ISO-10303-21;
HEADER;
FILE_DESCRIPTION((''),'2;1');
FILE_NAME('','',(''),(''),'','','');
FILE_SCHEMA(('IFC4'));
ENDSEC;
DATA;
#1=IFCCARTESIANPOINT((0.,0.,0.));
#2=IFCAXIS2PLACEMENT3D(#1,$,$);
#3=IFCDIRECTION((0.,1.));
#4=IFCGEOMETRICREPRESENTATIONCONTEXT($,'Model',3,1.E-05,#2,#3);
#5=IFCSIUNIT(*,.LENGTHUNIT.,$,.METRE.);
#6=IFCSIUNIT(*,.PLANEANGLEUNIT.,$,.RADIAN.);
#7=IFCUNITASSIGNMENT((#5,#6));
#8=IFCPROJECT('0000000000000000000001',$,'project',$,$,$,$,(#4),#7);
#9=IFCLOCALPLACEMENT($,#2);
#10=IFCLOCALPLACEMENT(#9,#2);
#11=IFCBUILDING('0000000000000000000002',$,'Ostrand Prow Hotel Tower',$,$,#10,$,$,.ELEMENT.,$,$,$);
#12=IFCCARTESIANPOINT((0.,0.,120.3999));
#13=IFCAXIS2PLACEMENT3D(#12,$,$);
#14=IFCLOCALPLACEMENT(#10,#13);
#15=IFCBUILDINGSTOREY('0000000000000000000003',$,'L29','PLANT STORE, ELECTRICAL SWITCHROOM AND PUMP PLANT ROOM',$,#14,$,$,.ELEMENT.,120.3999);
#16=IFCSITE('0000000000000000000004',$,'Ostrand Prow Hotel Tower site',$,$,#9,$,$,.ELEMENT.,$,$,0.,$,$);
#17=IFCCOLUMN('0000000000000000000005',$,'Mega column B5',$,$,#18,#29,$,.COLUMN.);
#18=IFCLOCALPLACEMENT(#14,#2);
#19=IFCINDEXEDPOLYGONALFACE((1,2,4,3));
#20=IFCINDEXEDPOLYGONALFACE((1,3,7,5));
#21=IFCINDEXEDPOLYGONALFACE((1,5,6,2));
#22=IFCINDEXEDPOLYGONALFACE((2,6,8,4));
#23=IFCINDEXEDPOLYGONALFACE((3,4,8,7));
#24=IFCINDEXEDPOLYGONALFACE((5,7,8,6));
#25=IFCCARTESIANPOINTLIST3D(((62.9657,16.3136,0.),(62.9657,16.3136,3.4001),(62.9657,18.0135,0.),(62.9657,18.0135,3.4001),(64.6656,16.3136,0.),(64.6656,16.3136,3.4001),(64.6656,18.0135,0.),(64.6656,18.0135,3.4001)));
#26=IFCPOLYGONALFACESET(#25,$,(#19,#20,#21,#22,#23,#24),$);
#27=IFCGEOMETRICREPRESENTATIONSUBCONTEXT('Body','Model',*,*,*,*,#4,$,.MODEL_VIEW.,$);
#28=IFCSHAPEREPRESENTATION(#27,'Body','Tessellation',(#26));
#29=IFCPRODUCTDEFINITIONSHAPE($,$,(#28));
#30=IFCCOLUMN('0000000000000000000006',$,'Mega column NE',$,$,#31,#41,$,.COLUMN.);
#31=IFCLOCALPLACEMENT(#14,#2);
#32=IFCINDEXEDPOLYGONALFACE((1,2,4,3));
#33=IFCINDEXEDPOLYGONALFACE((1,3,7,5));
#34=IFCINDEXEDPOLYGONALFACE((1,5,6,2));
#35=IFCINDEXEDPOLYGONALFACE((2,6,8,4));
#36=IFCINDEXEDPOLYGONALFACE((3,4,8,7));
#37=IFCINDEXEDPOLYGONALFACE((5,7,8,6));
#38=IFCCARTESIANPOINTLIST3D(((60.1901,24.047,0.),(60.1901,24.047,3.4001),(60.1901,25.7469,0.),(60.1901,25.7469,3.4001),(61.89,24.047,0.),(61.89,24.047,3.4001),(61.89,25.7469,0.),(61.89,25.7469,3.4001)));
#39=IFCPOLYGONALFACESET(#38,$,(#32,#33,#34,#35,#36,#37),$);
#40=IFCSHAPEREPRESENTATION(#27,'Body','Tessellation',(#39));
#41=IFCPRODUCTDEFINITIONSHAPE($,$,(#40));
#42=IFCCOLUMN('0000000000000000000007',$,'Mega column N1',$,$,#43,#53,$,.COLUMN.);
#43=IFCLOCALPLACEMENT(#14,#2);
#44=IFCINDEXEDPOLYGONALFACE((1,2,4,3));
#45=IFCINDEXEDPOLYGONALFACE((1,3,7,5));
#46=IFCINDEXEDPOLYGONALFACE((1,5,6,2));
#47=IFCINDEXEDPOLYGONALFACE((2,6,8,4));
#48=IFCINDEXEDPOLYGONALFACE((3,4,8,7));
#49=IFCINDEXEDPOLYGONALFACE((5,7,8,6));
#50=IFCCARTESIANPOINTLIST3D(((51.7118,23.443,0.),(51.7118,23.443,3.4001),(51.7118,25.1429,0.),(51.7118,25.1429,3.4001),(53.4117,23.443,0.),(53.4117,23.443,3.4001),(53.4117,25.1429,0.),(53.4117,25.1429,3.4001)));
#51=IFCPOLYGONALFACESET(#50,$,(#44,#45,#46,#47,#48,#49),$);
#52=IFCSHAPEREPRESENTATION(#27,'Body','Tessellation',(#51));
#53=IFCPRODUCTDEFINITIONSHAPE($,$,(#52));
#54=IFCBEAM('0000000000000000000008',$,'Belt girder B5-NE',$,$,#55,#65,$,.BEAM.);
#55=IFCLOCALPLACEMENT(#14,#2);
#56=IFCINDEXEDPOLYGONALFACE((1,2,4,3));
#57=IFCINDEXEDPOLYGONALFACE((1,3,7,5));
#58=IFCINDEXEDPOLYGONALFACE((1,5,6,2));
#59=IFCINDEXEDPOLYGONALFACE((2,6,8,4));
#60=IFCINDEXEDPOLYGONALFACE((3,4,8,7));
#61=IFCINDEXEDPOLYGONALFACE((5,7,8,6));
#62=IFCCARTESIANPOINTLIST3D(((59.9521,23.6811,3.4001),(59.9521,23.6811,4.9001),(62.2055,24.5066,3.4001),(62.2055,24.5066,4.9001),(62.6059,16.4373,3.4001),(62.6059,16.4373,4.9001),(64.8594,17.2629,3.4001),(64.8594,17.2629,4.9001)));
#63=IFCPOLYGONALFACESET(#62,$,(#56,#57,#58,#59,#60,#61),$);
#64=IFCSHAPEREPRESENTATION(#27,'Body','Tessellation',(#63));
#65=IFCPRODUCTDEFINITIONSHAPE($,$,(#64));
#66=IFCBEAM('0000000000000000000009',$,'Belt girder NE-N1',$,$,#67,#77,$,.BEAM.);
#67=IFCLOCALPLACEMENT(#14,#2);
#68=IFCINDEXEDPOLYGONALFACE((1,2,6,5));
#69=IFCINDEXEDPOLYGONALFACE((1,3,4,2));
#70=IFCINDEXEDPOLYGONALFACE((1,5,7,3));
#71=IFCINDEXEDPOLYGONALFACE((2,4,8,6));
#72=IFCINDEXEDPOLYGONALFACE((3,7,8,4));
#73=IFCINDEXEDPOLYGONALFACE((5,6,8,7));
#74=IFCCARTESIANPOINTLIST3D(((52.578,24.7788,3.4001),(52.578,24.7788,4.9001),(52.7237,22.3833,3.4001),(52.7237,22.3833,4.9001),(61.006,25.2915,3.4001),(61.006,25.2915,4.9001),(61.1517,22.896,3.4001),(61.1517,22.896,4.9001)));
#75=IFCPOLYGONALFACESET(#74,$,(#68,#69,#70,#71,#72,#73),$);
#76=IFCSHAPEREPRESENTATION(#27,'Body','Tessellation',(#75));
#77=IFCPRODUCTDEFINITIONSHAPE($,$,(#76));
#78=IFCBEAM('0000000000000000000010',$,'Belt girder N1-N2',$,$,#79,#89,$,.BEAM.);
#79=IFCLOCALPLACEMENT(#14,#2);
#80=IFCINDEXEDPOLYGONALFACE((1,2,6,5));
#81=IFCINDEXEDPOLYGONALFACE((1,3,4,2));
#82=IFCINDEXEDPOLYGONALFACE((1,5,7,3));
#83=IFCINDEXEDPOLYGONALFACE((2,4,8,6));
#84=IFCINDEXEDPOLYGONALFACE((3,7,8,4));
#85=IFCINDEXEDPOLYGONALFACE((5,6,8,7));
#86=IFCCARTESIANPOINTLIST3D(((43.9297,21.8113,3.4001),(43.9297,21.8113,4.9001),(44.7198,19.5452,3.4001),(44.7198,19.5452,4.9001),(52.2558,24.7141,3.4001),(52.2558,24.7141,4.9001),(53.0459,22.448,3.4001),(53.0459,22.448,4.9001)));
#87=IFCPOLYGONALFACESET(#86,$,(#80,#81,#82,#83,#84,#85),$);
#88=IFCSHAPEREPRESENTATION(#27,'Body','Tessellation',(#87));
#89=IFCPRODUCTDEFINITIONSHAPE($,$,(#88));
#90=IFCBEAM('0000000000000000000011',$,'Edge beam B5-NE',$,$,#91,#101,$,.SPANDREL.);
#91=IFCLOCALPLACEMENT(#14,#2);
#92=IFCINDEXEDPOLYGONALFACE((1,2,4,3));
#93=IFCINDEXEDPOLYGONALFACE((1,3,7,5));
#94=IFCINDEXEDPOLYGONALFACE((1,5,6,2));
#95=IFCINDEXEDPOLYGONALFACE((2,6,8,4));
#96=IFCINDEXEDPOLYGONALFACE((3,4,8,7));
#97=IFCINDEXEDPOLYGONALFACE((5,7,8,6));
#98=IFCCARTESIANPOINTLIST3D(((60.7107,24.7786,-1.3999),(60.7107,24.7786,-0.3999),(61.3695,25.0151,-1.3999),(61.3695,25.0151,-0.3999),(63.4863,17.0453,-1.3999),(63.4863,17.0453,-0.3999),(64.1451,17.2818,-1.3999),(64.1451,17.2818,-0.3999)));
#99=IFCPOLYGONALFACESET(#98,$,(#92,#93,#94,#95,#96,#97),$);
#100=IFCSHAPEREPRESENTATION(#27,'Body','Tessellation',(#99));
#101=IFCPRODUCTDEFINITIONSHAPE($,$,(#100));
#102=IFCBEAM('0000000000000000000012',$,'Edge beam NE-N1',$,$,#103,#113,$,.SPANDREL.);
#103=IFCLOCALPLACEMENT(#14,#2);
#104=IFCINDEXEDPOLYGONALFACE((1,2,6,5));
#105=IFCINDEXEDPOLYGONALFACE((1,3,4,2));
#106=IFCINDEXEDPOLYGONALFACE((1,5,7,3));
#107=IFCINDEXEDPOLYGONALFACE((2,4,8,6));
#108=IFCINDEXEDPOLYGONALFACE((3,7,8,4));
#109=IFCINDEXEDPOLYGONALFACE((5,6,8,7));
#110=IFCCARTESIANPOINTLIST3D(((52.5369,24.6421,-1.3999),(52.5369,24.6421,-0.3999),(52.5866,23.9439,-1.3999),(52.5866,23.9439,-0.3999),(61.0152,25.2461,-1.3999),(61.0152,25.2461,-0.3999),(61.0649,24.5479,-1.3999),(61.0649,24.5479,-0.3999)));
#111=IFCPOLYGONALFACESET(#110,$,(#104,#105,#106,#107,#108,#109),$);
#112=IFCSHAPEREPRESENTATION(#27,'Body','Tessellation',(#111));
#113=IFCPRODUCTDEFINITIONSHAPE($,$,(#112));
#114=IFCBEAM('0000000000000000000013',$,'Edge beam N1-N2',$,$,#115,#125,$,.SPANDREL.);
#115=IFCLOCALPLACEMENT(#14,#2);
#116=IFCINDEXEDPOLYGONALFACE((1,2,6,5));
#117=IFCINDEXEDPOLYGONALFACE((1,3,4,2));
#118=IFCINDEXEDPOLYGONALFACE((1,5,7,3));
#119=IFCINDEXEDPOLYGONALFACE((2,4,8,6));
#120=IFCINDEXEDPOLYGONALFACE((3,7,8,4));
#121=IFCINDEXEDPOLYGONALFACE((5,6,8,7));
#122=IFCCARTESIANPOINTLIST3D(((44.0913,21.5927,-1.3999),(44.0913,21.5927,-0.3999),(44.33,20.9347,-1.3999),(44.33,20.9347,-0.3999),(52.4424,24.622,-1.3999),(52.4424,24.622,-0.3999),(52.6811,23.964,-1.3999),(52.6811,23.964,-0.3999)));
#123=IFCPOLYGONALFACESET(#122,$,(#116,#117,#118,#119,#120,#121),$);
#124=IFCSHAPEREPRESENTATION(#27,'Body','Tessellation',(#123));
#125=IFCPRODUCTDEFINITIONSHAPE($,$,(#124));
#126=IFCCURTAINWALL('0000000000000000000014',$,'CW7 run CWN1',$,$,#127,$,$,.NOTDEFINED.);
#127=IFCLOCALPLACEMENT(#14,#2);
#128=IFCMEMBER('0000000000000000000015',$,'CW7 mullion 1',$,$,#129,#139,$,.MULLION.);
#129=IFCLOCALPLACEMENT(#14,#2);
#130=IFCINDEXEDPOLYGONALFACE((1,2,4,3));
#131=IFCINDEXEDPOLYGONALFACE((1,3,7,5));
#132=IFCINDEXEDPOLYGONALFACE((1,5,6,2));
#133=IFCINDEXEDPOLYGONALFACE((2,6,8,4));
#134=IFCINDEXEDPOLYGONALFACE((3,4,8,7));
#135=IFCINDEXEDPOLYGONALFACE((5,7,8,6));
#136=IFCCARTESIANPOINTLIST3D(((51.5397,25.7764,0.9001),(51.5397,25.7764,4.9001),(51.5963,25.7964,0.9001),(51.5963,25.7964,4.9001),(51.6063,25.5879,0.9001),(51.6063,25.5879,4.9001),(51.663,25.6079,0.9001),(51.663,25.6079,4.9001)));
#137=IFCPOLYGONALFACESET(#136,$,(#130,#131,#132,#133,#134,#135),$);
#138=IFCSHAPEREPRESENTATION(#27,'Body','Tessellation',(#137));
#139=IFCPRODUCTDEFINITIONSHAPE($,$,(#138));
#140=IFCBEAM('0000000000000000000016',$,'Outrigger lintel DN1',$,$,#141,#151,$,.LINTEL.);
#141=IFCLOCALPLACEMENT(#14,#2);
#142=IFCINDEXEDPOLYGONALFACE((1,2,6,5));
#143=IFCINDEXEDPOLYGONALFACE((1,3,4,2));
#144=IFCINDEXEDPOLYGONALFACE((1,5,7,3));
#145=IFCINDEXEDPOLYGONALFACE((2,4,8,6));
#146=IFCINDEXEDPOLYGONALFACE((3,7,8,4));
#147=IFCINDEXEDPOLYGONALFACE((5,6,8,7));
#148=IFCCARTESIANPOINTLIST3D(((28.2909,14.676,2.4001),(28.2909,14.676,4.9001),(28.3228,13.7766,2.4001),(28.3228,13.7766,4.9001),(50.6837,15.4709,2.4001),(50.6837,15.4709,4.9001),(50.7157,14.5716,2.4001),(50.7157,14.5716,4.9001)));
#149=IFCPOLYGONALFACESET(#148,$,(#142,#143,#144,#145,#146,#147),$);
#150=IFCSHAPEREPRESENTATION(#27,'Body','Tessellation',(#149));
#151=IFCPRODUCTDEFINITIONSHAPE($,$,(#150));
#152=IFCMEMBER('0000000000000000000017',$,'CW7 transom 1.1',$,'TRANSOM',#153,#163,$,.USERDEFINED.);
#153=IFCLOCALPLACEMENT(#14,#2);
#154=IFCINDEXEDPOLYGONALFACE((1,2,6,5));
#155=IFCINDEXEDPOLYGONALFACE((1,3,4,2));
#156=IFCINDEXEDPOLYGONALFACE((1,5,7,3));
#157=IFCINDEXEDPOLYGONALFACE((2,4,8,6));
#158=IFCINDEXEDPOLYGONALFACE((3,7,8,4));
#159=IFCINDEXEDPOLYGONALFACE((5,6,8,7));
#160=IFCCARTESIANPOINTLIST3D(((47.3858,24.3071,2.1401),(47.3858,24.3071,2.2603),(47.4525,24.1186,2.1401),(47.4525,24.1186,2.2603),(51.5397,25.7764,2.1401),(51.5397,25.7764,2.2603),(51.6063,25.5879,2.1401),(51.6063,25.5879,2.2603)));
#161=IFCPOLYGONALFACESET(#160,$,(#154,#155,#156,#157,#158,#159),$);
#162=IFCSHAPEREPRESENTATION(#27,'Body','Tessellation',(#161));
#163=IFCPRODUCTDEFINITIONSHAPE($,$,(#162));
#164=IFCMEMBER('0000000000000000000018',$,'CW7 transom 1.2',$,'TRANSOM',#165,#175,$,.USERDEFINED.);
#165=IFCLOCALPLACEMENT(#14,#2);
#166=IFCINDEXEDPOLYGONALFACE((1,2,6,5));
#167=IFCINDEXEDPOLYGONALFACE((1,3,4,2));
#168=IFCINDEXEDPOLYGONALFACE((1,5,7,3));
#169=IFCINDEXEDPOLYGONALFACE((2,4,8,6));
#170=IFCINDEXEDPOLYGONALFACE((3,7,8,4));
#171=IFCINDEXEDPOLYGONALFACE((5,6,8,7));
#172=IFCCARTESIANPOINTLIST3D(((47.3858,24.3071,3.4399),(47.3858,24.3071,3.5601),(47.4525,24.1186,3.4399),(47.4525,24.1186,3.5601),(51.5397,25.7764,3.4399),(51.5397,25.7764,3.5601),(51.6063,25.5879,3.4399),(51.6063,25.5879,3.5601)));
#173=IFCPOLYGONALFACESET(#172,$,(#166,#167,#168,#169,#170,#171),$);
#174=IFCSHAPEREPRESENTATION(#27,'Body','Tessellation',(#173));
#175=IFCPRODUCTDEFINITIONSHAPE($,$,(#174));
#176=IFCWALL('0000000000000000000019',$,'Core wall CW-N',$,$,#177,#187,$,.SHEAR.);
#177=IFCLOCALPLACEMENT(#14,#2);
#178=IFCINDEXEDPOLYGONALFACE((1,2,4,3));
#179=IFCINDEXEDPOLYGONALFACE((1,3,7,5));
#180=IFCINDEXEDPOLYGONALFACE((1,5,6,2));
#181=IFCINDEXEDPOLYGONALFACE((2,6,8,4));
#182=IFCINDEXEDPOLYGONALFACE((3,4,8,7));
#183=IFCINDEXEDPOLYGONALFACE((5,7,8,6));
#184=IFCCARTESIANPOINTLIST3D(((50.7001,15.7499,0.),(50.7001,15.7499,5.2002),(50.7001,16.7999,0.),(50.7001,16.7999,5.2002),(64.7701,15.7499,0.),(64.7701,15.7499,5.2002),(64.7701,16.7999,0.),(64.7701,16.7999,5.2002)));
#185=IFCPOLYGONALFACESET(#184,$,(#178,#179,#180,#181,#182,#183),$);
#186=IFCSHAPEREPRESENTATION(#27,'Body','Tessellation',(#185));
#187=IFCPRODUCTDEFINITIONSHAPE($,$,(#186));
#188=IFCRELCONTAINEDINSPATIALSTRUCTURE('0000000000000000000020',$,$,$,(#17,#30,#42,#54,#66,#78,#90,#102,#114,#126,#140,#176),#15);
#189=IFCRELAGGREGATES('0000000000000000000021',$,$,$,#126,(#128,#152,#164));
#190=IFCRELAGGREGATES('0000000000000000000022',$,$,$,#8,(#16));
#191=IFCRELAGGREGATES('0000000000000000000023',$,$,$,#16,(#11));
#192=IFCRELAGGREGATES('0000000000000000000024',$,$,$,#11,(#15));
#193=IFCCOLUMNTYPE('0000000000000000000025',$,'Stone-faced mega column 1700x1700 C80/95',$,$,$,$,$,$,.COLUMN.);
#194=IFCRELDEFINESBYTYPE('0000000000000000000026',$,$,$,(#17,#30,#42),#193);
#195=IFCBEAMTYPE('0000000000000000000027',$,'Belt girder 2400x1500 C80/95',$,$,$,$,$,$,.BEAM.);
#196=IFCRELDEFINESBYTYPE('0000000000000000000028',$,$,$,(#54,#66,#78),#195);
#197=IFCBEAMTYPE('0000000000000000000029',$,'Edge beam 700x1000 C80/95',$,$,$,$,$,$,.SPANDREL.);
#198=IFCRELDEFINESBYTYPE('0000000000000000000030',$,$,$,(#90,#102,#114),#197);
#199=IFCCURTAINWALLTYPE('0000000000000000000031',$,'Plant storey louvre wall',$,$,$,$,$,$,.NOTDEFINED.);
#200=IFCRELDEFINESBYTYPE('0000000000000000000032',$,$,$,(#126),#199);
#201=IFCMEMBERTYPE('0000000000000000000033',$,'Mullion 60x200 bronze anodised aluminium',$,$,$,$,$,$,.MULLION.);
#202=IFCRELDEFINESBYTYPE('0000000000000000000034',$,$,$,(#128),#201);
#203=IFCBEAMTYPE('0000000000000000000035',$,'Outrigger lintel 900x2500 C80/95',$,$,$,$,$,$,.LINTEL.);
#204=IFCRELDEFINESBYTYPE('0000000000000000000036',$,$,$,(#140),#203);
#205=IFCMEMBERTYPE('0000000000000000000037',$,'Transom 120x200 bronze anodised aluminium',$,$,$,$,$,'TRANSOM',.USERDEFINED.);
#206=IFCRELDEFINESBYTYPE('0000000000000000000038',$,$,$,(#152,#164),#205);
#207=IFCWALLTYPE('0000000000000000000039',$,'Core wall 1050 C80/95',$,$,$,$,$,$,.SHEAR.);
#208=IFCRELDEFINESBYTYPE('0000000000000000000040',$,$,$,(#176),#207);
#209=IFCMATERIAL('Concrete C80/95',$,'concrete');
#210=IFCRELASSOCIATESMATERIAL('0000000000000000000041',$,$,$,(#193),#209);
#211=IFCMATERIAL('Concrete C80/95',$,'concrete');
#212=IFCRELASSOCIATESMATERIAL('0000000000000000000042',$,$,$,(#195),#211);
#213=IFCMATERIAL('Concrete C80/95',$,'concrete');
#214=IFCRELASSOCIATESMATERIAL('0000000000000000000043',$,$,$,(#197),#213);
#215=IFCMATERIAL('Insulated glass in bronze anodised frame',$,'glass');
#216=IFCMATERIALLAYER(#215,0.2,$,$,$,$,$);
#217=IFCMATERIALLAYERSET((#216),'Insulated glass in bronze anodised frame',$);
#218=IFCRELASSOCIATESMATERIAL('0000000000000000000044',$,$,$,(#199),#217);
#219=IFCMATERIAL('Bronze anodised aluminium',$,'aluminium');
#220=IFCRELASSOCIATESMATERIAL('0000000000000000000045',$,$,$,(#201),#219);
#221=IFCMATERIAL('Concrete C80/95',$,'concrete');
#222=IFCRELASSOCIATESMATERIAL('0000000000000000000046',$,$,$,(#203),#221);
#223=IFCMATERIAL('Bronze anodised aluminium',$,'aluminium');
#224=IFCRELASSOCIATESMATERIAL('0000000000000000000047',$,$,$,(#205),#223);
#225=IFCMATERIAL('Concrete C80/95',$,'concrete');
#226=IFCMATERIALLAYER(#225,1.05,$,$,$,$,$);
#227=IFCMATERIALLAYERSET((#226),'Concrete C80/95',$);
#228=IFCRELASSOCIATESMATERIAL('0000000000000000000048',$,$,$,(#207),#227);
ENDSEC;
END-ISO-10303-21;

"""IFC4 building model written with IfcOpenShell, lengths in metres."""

from ifc_helpers import new_model, si_unit, direction, frame, frame_2d, origin, origin_2d, place, context, subcontext, project, spatial, rectangle, extrude, material, layer, layer_set, material_profile, profile_set, type_object, element, aggregate, save


model = new_model("IFC4")

# Units and contexts
model_context = context("Model", 3, precision=1e-05, world=origin(), true_north=direction((0.0, 1.0)))
body_context = subcontext(model_context, "Body", "Model", "MODEL_VIEW")
ifc_project = project(units=[si_unit("LENGTHUNIT", "METRE"), si_unit("PLANEANGLEUNIT", "RADIAN")], contexts=[model_context])

# Site, building, storey
site_placement = place(None, origin())
site = spatial("IfcSite", under=ifc_project, at=site_placement, Name="Ostrand Prow Hotel Tower site", CompositionType="ELEMENT", RefElevation=0.0)
building_placement = place(site_placement, origin())
building = spatial("IfcBuilding", under=site, at=building_placement, Name="Ostrand Prow Hotel Tower", CompositionType="ELEMENT")
storey_placement = place(building_placement, frame((0.0, 0.0, 120.3999)))
storey = spatial("IfcBuildingStorey", under=building, at=storey_placement, Name="L29", Description="PLANT STORE, ELECTRICAL SWITCHROOM AND PUMP PLANT ROOM", CompositionType="ELEMENT", Elevation=120.3999)

# Columns
ifc_material_1 = material(Name="Concrete C80/95", Category="concrete")
ifc_material_profile_1 = material_profile(ifc_material_1, rectangle(XDim=1.7, YDim=1.7, at=origin_2d()), Name="RC 1700x1700")
ifc_profile_set_1 = profile_set([ifc_material_profile_1], Name="Concrete C80/95")
column_type = type_object("IfcColumnType", Name="Stone-faced mega column 1700x1700 C80/95", PredefinedType="COLUMN", material=ifc_profile_set_1)
for number, where, z_axis, x_axis, name in (
    (1, (63.8157, 17.1636, 0.0), (0.0, 0.0, 1.0), (1.0, 0.0, 0.0), "Mega column B5"),
    (2, (61.04, 24.897, 0.0), (0.0, 0.0, 1.0), (1.0, 0.0, 0.0), "Mega column NE"),
    (3, (52.5618, 24.293, 0.0), (0.0, 0.0, 1.0), (1.0, 0.0, 0.0), "Mega column N1"),
):
    element("IfcColumn", number, at=place(storey_placement, frame(where, z_axis=z_axis, x_axis=x_axis)), inside=storey, type_object=column_type, Name=name, PredefinedType="COLUMN", context=body_context, shape_type="SweptSolid", body=[
        extrude(rectangle(XDim=1.7, YDim=1.7, at=origin_2d()), origin(), (0.0, 0.0, 1.0), 3.4001),
    ])

# Beams
ifc_material_2 = material(Name="Concrete C80/95", Category="concrete")
ifc_material_profile_2 = material_profile(ifc_material_2, rectangle(XDim=2.3999, YDim=1.5, at=origin_2d()), Name="RC 2400x1500")
ifc_profile_set_2 = profile_set([ifc_material_profile_2], Name="Concrete C80/95")
beam_type_1 = type_object("IfcBeamType", Name="Belt girder 2400x1500 C80/95", PredefinedType="BEAM", material=ifc_profile_set_2)
beam_1_placement = place(storey_placement, frame((63.7327, 16.8501, 4.1501), z_axis=(-0.344004, 0.938968, 0.0), x_axis=(-0.938968, -0.344004, 0.0)))
element("IfcBeam", 4, at=beam_1_placement, inside=storey, type_object=beam_type_1, Name="Belt girder B5-NE", PredefinedType="BEAM", context=body_context, shape_type="SweptSolid", body=[
    extrude(rectangle(XDim=2.3999, YDim=1.5, at=origin_2d()), origin(), (0.0, 0.0, 1.0), 7.7146),
])
beam_2_placement = place(storey_placement, frame((61.0789, 24.0938, 4.1501), z_axis=(-0.998155, -0.06072, 0.0), x_axis=(0.06072, -0.998155, 0.0)))
element("IfcBeam", 5, at=beam_2_placement, inside=storey, type_object=beam_type_1, Name="Belt girder NE-N1", PredefinedType="BEAM", context=body_context, shape_type="SweptSolid", body=[
    extrude(rectangle(XDim=2.3999, YDim=1.5, at=origin_2d()), origin(), (0.0, 0.0, 1.0), 8.4436),
])
beam_3_placement = place(storey_placement, frame((52.6509, 23.5811, 4.1501), z_axis=(-0.944258, -0.329206, 0.0), x_axis=(0.329206, -0.944258, 0.0)))
element("IfcBeam", 6, at=beam_3_placement, inside=storey, type_object=beam_type_1, Name="Belt girder N1-N2", PredefinedType="BEAM", context=body_context, shape_type="SweptSolid", body=[
    extrude(rectangle(XDim=2.3999, YDim=1.5, at=origin_2d()), origin(), (0.0, 0.0, 1.0), 8.8176),
])
ifc_material_3 = material(Name="Concrete C80/95", Category="concrete")
ifc_material_profile_3 = material_profile(ifc_material_3, rectangle(XDim=0.7, YDim=1.0, at=origin_2d()), Name="RC 700x1000")
ifc_profile_set_3 = profile_set([ifc_material_profile_3], Name="Concrete C80/95")
beam_type_2 = type_object("IfcBeamType", Name="Edge beam 700x1000 C80/95", PredefinedType="SPANDREL", material=ifc_profile_set_3)
beam_4_placement = place(storey_placement, frame((63.8157, 17.1636, -0.8999), z_axis=(-0.337815, 0.941212, 0.0), x_axis=(-0.941212, -0.337815, 0.0)))
element("IfcBeam", 7, at=beam_4_placement, inside=storey, type_object=beam_type_2, Name="Edge beam B5-NE", PredefinedType="SPANDREL", context=body_context, shape_type="SweptSolid", body=[
    extrude(rectangle(XDim=0.7, YDim=1.0, at=origin_2d()), origin(), (0.0, 0.0, 1.0), 8.2163),
])
beam_5_placement = place(storey_placement, frame((61.04, 24.897, -0.8999), z_axis=(-0.997472, -0.071061, 0.0), x_axis=(0.071061, -0.997472, 0.0)))
element("IfcBeam", 8, at=beam_5_placement, inside=storey, type_object=beam_type_2, Name="Edge beam NE-N1", PredefinedType="SPANDREL", context=body_context, shape_type="SweptSolid", body=[
    extrude(rectangle(XDim=0.7, YDim=1.0, at=origin_2d()), origin(), (0.0, 0.0, 1.0), 8.4998),
])
beam_6_placement = place(storey_placement, frame((52.5618, 24.293, -0.8999), z_axis=(-0.940063, -0.341002, 0.0), x_axis=(0.341002, -0.940063, 0.0)))
element("IfcBeam", 9, at=beam_6_placement, inside=storey, type_object=beam_type_2, Name="Edge beam N1-N2", PredefinedType="SPANDREL", context=body_context, shape_type="SweptSolid", body=[
    extrude(rectangle(XDim=0.7, YDim=1.0, at=origin_2d()), origin(), (0.0, 0.0, 1.0), 8.8835),
])

# Curtain wall, member
ifc_material_4 = material(Name="Insulated glass in bronze anodised frame", Category="glass")
ifc_layer_1 = layer(ifc_material_4, 0.2)
ifc_layer_set_1 = layer_set([ifc_layer_1], Name="Insulated glass in bronze anodised frame")
curtain_wall_type = type_object("IfcCurtainWallType", Name="Plant storey louvre wall", PredefinedType="NOTDEFINED", material=ifc_layer_set_1)
curtain_wall_placement = place(storey_placement, origin())
curtain_wall = element("IfcCurtainWall", 10, at=curtain_wall_placement, inside=storey, type_object=curtain_wall_type, Name="CW7 run CWN1", PredefinedType="NOTDEFINED")
ifc_material_5 = material(Name="Bronze anodised aluminium", Category="aluminium")
ifc_material_profile_4 = material_profile(ifc_material_5, rectangle(XDim=0.2, YDim=0.0601, at=origin_2d()), Name="Mullion 60x200 bronze anodised aluminium")
ifc_profile_set_4 = profile_set([ifc_material_profile_4], Name="Bronze anodised aluminium")
member_type_1 = type_object("IfcMemberType", Name="Mullion 60x200 bronze anodised aluminium", PredefinedType="MULLION", material=ifc_profile_set_4)
member_1_placement = place(storey_placement, frame((51.6013, 25.6921, 0.9001), z_axis=(0.0, 0.0, 1.0), x_axis=(0.333496, -0.942752, 0.0)))
member_1 = element("IfcMember", 11, at=member_1_placement, type_object=member_type_1, Name="CW7 mullion 1", PredefinedType="MULLION", context=body_context, shape_type="SweptSolid", body=[
    extrude(rectangle(XDim=0.2, YDim=0.0601, at=origin_2d()), origin(), (0.0, 0.0, 1.0), 4.0),
])

# Beam
ifc_material_6 = material(Name="Concrete C80/95", Category="concrete")
ifc_material_profile_5 = material_profile(ifc_material_6, rectangle(XDim=0.8999, YDim=2.5, at=origin_2d()), Name="RC 900x2500")
ifc_profile_set_5 = profile_set([ifc_material_profile_5], Name="Concrete C80/95")
beam_type_3 = type_object("IfcBeamType", Name="Outrigger lintel 900x2500 C80/95", PredefinedType="LINTEL", material=ifc_profile_set_5)
beam_7_placement = place(storey_placement, frame((50.6997, 15.0212, 3.6501), z_axis=(-0.999371, -0.035477, 0.0), x_axis=(0.035477, -0.999371, 0.0)))
element("IfcBeam", 12, at=beam_7_placement, inside=storey, type_object=beam_type_3, Name="Outrigger lintel DN1", PredefinedType="LINTEL", context=body_context, shape_type="SweptSolid", body=[
    extrude(rectangle(XDim=0.8999, YDim=2.5, at=origin_2d()), origin(), (0.0, 0.0, 1.0), 22.407),
])

# Members
ifc_material_7 = material(Name="Bronze anodised aluminium", Category="aluminium")
ifc_material_profile_6 = material_profile(ifc_material_7, rectangle(XDim=0.2, YDim=0.1201, at=origin_2d()), Name="Transom 120x200 bronze anodised aluminium")
ifc_profile_set_6 = profile_set([ifc_material_profile_6], Name="Bronze anodised aluminium")
member_type_2 = type_object("IfcMemberType", Name="Transom 120x200 bronze anodised aluminium", ElementType="TRANSOM", PredefinedType="USERDEFINED", material=ifc_profile_set_6)
member_2_placement = place(storey_placement, frame((51.573, 25.6821, 2.2002), z_axis=(-0.942763, -0.333463, 0.0), x_axis=(0.333463, -0.942763, 0.0)))
member_2 = element("IfcMember", 13, at=member_2_placement, type_object=member_type_2, Name="CW7 transom 1.1", ObjectType="TRANSOM", PredefinedType="USERDEFINED", context=body_context, shape_type="SweptSolid", body=[
    extrude(rectangle(XDim=0.2, YDim=0.1201, at=origin_2d()), origin(), (0.0, 0.0, 1.0), 4.406),
])
member_3_placement = place(storey_placement, frame((51.573, 25.6821, 3.5), z_axis=(-0.942763, -0.333463, 0.0), x_axis=(0.333463, -0.942763, 0.0)))
member_3 = element("IfcMember", 14, at=member_3_placement, type_object=member_type_2, Name="CW7 transom 1.2", ObjectType="TRANSOM", PredefinedType="USERDEFINED", context=body_context, shape_type="SweptSolid", body=[
    extrude(rectangle(XDim=0.2, YDim=0.1201, at=origin_2d()), origin(), (0.0, 0.0, 1.0), 4.406),
])
aggregate(curtain_wall, [member_1, member_2, member_3])

# Wall
ifc_material_8 = material(Name="Concrete C80/95", Category="concrete")
ifc_layer_2 = layer(ifc_material_8, 1.05)
ifc_layer_set_2 = layer_set([ifc_layer_2], Name="Concrete C80/95")
wall_type_1 = type_object("IfcWallType", Name="Core wall 1050 C80/95", PredefinedType="SHEAR", material=ifc_layer_set_2)
wall_1_placement = place(storey_placement, frame((50.7, 16.2749, 0.0), z_axis=(0.0, 0.0, 1.0), x_axis=(1.0, 0.0, 0.0)))
element("IfcWall", 15, at=wall_1_placement, inside=storey, type_object=wall_type_1, Name="Core wall CW-N", PredefinedType="SHEAR", context=body_context, shape_type="SweptSolid", body=[
    extrude(rectangle(XDim=14.0701, YDim=1.05, at=frame_2d((7.0352, 0.0))), origin(), (0.0, 0.0, 1.0), 5.2002),
])

save(model, "model.ifc")
